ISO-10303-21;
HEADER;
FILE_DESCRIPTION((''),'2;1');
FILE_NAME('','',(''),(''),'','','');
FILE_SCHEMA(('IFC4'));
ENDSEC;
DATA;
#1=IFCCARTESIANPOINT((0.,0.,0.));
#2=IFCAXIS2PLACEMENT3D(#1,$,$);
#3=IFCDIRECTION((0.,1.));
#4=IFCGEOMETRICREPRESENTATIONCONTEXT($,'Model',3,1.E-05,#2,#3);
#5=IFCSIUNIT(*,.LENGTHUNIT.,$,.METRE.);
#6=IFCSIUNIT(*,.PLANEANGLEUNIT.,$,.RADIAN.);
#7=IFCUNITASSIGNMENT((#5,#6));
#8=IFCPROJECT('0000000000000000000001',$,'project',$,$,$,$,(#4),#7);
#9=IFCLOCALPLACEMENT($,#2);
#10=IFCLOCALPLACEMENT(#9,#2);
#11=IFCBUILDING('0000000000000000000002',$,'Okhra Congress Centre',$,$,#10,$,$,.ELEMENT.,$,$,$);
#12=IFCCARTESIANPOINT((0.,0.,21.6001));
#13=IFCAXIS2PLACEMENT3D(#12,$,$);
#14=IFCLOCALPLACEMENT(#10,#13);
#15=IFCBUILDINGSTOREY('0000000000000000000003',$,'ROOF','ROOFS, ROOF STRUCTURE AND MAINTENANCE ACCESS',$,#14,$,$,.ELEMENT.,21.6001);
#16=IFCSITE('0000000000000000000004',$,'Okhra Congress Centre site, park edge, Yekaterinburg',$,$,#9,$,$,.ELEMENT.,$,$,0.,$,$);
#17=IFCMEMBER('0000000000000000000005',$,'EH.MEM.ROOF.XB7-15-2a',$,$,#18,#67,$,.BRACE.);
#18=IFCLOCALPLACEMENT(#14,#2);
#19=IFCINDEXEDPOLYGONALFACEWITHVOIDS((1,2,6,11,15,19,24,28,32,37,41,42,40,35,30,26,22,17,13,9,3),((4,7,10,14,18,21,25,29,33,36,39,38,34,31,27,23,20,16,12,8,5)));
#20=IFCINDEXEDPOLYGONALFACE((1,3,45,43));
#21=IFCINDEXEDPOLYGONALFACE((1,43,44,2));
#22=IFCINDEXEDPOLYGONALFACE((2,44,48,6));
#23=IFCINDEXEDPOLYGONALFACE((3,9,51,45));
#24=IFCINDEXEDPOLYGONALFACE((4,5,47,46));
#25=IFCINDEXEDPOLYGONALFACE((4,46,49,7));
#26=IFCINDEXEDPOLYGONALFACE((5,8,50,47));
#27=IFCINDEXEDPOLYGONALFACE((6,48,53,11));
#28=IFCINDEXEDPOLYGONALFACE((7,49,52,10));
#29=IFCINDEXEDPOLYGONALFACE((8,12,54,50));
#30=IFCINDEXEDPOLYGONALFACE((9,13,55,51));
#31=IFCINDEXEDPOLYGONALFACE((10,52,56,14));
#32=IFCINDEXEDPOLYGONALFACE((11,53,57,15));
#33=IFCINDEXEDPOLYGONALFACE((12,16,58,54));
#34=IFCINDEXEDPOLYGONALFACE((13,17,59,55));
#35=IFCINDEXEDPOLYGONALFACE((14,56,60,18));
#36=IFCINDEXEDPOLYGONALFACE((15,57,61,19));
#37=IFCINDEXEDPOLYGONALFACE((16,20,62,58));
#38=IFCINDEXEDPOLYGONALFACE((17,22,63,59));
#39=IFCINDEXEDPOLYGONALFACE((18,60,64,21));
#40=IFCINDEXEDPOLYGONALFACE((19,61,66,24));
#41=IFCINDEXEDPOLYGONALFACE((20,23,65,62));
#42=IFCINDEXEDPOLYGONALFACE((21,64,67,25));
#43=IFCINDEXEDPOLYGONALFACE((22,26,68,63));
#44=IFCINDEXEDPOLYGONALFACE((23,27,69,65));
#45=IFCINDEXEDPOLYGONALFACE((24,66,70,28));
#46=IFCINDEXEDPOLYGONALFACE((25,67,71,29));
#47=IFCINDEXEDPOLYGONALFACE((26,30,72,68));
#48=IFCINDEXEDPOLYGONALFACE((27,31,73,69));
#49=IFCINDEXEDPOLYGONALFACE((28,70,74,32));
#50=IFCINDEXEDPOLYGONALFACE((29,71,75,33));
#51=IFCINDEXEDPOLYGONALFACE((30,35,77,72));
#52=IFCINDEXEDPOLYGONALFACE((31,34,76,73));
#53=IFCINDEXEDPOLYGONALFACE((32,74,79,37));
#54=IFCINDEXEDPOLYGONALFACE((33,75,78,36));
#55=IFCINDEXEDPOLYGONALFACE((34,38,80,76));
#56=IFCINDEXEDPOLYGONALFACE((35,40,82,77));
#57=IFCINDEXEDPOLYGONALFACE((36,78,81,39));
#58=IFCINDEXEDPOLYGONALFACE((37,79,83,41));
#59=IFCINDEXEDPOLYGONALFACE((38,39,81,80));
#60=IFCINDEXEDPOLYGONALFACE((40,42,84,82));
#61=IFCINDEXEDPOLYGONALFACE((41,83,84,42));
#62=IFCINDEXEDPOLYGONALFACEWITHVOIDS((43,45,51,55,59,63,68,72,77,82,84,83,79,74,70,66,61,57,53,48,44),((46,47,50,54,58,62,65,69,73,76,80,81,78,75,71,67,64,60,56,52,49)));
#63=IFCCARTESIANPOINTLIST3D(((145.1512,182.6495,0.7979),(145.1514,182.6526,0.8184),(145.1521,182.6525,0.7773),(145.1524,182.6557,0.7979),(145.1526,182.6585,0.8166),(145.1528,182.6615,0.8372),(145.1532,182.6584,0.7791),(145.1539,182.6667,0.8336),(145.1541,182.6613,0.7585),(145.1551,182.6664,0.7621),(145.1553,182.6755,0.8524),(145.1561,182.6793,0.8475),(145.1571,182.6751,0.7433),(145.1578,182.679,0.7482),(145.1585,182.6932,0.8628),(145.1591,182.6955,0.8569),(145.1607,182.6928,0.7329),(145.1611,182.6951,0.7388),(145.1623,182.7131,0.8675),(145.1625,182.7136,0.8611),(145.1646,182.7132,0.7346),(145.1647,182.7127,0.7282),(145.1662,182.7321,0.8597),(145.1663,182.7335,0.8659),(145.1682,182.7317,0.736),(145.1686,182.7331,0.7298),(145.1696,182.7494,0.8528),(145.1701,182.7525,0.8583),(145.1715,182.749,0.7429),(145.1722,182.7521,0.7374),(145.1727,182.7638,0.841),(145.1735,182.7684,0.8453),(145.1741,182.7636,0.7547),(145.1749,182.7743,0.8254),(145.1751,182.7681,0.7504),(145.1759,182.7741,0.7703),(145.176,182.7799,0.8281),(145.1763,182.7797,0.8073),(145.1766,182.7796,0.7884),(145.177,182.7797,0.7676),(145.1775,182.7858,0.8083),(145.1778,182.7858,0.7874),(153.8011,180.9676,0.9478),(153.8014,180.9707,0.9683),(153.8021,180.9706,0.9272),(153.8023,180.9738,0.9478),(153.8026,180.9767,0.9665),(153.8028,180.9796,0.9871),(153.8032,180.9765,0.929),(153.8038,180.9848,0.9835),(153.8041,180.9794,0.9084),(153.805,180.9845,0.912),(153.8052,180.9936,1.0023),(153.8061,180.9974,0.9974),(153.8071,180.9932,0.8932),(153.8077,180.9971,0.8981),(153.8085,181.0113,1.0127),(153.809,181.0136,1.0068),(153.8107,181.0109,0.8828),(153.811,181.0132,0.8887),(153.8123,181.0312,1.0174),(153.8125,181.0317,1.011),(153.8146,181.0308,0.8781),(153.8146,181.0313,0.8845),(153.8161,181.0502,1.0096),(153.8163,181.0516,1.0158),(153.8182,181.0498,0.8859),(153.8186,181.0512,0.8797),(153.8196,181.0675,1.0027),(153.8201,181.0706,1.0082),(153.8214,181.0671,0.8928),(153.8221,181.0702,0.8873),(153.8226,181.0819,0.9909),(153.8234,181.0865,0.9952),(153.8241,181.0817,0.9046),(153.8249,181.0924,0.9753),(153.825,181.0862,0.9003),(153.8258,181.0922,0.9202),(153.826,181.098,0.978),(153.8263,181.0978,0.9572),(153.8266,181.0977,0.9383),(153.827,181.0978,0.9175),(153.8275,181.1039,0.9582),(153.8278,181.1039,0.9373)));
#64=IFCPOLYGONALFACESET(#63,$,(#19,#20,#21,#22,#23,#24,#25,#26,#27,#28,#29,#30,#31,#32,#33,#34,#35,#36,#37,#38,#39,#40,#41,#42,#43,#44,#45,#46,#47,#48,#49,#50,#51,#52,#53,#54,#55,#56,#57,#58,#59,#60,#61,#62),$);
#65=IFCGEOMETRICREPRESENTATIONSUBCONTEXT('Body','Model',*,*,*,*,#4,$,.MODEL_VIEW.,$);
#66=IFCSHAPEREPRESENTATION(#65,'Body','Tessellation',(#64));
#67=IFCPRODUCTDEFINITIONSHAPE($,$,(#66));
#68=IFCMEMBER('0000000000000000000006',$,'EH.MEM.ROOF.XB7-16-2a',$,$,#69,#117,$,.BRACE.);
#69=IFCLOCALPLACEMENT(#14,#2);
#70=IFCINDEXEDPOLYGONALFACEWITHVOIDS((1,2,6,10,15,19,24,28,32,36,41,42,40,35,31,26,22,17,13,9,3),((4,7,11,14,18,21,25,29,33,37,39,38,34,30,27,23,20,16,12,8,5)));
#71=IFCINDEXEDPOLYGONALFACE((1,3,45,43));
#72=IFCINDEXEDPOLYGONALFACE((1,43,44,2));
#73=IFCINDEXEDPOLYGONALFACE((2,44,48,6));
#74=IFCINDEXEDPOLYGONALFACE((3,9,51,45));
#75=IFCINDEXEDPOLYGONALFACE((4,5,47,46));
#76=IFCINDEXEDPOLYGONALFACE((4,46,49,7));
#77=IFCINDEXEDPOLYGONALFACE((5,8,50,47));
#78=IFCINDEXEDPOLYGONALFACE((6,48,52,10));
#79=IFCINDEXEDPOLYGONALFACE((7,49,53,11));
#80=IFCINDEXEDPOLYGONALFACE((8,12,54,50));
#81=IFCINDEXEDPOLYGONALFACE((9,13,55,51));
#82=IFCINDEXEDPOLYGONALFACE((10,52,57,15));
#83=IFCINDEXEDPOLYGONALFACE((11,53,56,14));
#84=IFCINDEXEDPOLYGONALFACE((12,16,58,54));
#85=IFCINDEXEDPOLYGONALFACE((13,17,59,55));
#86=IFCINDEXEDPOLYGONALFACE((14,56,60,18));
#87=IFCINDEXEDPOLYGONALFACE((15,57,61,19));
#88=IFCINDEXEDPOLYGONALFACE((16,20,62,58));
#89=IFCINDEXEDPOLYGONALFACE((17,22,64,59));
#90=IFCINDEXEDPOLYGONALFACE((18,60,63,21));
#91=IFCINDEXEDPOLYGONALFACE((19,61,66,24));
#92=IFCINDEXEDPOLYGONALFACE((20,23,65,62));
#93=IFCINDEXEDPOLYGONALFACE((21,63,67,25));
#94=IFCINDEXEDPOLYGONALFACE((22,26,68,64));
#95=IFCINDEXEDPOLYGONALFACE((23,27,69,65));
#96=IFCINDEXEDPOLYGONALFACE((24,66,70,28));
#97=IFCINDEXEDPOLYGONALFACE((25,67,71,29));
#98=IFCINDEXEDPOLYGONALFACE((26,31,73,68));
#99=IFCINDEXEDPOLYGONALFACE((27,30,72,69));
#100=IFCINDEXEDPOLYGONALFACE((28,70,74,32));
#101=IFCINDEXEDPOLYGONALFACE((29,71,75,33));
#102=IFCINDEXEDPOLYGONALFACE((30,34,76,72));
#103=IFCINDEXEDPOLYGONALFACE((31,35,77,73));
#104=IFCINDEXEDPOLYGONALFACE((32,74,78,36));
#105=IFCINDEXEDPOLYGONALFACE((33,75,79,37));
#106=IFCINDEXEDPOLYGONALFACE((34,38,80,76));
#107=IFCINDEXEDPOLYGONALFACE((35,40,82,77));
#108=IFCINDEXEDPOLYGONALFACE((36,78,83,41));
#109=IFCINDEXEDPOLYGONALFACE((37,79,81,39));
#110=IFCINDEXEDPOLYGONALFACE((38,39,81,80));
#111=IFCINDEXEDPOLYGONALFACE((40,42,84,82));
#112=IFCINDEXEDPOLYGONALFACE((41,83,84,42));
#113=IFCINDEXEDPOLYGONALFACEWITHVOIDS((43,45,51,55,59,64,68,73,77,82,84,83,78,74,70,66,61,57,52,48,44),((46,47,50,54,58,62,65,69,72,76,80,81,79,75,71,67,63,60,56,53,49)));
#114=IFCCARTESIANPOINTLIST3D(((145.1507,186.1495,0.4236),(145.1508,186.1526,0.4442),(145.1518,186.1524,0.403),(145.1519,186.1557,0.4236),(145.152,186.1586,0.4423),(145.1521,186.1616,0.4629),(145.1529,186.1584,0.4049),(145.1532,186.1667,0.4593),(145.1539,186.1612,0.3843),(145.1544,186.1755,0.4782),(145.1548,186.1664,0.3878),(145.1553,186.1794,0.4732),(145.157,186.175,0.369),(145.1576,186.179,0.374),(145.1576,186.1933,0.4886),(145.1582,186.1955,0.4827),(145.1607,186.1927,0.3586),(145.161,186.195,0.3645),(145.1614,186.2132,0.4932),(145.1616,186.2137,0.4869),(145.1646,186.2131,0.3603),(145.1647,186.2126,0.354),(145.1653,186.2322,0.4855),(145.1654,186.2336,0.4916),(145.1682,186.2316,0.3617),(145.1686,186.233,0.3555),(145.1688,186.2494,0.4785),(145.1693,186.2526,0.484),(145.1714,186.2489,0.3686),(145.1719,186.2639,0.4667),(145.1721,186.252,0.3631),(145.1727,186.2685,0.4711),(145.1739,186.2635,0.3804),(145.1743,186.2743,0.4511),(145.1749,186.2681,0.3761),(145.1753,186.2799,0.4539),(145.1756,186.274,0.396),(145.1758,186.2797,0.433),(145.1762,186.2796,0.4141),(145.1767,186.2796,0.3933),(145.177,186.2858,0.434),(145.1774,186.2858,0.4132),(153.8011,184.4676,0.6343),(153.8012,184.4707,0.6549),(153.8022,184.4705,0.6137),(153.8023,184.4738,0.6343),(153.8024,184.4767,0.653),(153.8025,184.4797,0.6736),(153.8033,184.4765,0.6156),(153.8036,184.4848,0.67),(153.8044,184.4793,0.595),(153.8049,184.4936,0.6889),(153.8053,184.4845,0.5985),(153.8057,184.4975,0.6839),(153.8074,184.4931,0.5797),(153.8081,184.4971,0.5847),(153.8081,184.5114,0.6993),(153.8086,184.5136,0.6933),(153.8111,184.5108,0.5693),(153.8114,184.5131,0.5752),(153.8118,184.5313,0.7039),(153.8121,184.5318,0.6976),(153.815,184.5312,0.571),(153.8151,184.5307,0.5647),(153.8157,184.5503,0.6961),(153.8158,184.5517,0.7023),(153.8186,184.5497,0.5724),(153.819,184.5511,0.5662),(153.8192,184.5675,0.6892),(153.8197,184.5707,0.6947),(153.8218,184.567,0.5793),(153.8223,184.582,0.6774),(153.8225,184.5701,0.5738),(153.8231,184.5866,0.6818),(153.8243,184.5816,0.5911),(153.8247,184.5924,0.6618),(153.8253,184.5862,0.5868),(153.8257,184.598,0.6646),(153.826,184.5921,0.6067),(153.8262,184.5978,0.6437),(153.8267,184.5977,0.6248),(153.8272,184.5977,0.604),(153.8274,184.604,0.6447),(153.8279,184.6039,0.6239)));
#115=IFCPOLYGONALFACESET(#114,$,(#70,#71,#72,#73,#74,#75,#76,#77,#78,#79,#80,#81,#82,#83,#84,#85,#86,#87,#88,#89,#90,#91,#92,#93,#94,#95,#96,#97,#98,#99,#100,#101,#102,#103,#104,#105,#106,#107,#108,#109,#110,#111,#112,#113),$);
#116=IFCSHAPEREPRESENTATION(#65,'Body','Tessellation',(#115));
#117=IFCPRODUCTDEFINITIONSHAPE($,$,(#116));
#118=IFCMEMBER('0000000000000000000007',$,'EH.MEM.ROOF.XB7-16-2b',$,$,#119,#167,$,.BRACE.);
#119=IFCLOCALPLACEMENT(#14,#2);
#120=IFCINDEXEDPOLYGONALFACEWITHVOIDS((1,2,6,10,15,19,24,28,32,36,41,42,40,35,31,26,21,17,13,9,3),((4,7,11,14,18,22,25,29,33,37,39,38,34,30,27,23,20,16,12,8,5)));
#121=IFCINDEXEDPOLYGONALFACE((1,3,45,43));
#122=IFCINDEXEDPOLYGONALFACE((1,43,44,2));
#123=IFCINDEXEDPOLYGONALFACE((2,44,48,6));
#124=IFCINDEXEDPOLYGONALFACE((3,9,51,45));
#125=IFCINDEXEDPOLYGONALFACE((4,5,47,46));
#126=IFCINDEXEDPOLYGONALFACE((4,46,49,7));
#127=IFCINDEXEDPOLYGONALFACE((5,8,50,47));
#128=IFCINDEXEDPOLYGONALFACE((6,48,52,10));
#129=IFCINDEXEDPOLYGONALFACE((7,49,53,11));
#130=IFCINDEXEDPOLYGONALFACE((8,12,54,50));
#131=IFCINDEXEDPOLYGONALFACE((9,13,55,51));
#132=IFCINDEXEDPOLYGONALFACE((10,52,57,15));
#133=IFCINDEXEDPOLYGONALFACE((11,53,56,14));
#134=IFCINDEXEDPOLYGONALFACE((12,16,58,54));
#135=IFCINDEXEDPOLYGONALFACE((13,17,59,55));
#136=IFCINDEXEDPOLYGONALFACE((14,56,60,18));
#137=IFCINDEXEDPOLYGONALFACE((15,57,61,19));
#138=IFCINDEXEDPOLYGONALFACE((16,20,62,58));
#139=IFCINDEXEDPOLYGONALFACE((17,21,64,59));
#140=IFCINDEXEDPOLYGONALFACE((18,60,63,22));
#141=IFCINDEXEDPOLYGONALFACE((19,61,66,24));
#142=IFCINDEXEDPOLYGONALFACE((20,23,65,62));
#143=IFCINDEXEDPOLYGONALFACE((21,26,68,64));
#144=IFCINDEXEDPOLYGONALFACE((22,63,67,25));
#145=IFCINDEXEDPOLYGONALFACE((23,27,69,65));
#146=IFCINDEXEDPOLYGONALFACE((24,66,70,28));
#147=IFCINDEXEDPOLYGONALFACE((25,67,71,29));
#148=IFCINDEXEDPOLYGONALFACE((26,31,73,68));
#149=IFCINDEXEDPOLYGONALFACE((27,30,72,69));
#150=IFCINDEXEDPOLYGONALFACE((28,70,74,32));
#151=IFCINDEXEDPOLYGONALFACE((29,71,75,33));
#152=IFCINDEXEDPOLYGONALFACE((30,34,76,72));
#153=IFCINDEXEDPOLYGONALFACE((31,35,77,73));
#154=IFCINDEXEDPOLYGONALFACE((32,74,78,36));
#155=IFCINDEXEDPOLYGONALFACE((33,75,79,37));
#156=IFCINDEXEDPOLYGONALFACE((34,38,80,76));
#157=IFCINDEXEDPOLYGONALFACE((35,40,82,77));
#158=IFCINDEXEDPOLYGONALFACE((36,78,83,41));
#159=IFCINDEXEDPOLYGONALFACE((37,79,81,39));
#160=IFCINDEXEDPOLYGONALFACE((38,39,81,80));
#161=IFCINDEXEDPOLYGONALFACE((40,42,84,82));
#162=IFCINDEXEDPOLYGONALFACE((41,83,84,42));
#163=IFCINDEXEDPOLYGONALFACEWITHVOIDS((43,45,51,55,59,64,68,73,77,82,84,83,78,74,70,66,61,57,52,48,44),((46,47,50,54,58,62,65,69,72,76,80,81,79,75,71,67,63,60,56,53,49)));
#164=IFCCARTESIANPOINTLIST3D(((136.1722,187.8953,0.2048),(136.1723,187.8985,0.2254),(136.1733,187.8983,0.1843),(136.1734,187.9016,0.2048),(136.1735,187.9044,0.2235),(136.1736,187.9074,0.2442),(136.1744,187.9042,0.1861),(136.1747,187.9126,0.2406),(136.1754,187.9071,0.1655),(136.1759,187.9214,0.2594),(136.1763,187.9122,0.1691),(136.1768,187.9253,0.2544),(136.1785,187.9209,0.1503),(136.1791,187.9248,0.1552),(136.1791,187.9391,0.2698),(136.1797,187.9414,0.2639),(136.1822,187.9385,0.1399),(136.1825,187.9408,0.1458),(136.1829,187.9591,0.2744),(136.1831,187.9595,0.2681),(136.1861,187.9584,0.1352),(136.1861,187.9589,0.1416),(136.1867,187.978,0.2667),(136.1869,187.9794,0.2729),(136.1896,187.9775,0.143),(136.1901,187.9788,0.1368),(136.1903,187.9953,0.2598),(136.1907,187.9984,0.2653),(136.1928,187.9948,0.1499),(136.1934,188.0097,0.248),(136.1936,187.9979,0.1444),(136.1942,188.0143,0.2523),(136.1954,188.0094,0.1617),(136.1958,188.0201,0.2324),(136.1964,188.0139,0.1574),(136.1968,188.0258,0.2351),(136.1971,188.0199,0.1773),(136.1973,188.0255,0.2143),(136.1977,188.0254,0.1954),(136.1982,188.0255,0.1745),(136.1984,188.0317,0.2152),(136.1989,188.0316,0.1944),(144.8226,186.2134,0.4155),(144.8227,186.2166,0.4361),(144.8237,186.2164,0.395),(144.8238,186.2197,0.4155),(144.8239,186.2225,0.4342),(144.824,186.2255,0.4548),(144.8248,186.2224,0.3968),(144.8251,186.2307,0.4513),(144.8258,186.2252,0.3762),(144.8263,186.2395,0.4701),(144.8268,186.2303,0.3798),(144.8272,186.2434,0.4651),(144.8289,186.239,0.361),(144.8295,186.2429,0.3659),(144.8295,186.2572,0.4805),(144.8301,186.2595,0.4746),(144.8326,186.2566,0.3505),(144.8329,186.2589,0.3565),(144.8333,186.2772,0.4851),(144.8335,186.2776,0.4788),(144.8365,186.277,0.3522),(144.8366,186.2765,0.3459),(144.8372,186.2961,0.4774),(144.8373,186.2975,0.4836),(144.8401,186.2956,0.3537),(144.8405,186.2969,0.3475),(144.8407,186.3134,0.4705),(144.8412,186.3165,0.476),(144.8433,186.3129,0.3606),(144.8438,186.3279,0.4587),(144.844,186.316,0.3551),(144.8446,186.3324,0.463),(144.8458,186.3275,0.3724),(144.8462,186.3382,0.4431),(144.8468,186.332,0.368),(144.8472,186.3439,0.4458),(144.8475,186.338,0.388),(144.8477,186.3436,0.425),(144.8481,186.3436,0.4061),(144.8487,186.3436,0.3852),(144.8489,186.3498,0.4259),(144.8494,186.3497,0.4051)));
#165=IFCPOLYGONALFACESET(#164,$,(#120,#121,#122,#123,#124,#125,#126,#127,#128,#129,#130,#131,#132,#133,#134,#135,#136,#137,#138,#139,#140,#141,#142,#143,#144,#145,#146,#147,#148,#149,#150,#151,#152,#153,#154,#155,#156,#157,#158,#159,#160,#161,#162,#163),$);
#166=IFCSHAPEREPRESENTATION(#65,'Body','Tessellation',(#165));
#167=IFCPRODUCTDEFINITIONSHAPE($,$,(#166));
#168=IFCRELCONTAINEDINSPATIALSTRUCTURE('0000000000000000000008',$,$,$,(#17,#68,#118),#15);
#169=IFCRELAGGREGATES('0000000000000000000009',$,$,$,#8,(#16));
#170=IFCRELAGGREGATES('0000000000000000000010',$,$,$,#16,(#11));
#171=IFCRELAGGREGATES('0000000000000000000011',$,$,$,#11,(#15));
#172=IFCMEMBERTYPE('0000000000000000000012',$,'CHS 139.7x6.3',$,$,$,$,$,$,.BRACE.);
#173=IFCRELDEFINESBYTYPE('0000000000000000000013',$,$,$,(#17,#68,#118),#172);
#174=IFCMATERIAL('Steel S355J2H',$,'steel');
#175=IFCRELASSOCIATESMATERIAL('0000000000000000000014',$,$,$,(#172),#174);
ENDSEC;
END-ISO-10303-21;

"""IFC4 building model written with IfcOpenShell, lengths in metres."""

from ifc_helpers import new_model, si_unit, direction, frame, origin, origin_2d, place, context, subcontext, project, spatial, hollow_circle, extrude, material, material_profile, profile_set, type_object, element, save


model = new_model("IFC4")

# Units and contexts
model_context = context("Model", 3, precision=1e-05, world=origin(), true_north=direction((0.0, 1.0)))
body_context = subcontext(model_context, "Body", "Model", "MODEL_VIEW")
ifc_project = project(units=[si_unit("LENGTHUNIT", "METRE"), si_unit("PLANEANGLEUNIT", "RADIAN")], contexts=[model_context])

# Site, building, storey
site_placement = place(None, origin())
site = spatial("IfcSite", under=ifc_project, at=site_placement, Name="Okhra Congress Centre site, park edge, Yekaterinburg", CompositionType="ELEMENT", RefElevation=0.0)
building_placement = place(site_placement, origin())
building = spatial("IfcBuilding", under=site, at=building_placement, Name="Okhra Congress Centre", CompositionType="ELEMENT")
storey_placement = place(building_placement, frame((0.0, 0.0, 21.6001)))
storey = spatial("IfcBuildingStorey", under=building, at=storey_placement, Name="ROOF", Description="ROOFS, ROOF STRUCTURE AND MAINTENANCE ACCESS", CompositionType="ELEMENT", Elevation=21.6001)

# Members
ifc_material_1 = material(Name="Steel S355J2H", Category="steel")
ifc_material_profile_1 = material_profile(ifc_material_1, hollow_circle(Radius=0.0698, WallThickness=0.0063, at=origin_2d()), Name="CHS 139.7x6.3")
ifc_profile_set_1 = profile_set([ifc_material_profile_1], Name="Steel S355J2H")
member_type_1 = type_object("IfcMemberType", Name="CHS 139.7x6.3", PredefinedType="BRACE", material=ifc_profile_set_1)
member_1_placement = place(storey_placement, frame((153.8145, 181.0361, 0.9478), z_axis=(-0.981474, 0.190838, -0.017009), x_axis=(-0.190865, -0.981616, 0.0)))
element("IfcMember", 1, at=member_1_placement, inside=storey, type_object=member_type_1, Name="EH.MEM.ROOF.XB7-15-2a", PredefinedType="BRACE", context=body_context, shape_type="SweptSolid", body=[
    extrude(hollow_circle(Radius=0.0698, WallThickness=0.0063, at=origin_2d()), origin(), (0.0, 0.0, 1.0), 8.8132),
])
for number, where, z_axis, x_axis, name in (
    (2, (153.8145, 184.5361, 0.6343), (-0.981338, 0.1908, -0.023902), (-0.190855, -0.981618, 0.0), "EH.MEM.ROOF.XB7-16-2a"),
    (3, (144.8359, 186.282, 0.4155), (-0.981338, 0.1908, -0.023902), (-0.190855, -0.981618, 0.0), "EH.MEM.ROOF.XB7-16-2b"),
):
    element("IfcMember", number, at=place(storey_placement, frame(where, z_axis=z_axis, x_axis=x_axis)), inside=storey, type_object=member_type_1, Name=name, PredefinedType="BRACE", context=body_context, shape_type="SweptSolid", body=[
        extrude(hollow_circle(Radius=0.0698, WallThickness=0.0063, at=origin_2d()), origin(), (0.0, 0.0, 1.0), 8.8149),
    ])

save(model, "model.ifc")
